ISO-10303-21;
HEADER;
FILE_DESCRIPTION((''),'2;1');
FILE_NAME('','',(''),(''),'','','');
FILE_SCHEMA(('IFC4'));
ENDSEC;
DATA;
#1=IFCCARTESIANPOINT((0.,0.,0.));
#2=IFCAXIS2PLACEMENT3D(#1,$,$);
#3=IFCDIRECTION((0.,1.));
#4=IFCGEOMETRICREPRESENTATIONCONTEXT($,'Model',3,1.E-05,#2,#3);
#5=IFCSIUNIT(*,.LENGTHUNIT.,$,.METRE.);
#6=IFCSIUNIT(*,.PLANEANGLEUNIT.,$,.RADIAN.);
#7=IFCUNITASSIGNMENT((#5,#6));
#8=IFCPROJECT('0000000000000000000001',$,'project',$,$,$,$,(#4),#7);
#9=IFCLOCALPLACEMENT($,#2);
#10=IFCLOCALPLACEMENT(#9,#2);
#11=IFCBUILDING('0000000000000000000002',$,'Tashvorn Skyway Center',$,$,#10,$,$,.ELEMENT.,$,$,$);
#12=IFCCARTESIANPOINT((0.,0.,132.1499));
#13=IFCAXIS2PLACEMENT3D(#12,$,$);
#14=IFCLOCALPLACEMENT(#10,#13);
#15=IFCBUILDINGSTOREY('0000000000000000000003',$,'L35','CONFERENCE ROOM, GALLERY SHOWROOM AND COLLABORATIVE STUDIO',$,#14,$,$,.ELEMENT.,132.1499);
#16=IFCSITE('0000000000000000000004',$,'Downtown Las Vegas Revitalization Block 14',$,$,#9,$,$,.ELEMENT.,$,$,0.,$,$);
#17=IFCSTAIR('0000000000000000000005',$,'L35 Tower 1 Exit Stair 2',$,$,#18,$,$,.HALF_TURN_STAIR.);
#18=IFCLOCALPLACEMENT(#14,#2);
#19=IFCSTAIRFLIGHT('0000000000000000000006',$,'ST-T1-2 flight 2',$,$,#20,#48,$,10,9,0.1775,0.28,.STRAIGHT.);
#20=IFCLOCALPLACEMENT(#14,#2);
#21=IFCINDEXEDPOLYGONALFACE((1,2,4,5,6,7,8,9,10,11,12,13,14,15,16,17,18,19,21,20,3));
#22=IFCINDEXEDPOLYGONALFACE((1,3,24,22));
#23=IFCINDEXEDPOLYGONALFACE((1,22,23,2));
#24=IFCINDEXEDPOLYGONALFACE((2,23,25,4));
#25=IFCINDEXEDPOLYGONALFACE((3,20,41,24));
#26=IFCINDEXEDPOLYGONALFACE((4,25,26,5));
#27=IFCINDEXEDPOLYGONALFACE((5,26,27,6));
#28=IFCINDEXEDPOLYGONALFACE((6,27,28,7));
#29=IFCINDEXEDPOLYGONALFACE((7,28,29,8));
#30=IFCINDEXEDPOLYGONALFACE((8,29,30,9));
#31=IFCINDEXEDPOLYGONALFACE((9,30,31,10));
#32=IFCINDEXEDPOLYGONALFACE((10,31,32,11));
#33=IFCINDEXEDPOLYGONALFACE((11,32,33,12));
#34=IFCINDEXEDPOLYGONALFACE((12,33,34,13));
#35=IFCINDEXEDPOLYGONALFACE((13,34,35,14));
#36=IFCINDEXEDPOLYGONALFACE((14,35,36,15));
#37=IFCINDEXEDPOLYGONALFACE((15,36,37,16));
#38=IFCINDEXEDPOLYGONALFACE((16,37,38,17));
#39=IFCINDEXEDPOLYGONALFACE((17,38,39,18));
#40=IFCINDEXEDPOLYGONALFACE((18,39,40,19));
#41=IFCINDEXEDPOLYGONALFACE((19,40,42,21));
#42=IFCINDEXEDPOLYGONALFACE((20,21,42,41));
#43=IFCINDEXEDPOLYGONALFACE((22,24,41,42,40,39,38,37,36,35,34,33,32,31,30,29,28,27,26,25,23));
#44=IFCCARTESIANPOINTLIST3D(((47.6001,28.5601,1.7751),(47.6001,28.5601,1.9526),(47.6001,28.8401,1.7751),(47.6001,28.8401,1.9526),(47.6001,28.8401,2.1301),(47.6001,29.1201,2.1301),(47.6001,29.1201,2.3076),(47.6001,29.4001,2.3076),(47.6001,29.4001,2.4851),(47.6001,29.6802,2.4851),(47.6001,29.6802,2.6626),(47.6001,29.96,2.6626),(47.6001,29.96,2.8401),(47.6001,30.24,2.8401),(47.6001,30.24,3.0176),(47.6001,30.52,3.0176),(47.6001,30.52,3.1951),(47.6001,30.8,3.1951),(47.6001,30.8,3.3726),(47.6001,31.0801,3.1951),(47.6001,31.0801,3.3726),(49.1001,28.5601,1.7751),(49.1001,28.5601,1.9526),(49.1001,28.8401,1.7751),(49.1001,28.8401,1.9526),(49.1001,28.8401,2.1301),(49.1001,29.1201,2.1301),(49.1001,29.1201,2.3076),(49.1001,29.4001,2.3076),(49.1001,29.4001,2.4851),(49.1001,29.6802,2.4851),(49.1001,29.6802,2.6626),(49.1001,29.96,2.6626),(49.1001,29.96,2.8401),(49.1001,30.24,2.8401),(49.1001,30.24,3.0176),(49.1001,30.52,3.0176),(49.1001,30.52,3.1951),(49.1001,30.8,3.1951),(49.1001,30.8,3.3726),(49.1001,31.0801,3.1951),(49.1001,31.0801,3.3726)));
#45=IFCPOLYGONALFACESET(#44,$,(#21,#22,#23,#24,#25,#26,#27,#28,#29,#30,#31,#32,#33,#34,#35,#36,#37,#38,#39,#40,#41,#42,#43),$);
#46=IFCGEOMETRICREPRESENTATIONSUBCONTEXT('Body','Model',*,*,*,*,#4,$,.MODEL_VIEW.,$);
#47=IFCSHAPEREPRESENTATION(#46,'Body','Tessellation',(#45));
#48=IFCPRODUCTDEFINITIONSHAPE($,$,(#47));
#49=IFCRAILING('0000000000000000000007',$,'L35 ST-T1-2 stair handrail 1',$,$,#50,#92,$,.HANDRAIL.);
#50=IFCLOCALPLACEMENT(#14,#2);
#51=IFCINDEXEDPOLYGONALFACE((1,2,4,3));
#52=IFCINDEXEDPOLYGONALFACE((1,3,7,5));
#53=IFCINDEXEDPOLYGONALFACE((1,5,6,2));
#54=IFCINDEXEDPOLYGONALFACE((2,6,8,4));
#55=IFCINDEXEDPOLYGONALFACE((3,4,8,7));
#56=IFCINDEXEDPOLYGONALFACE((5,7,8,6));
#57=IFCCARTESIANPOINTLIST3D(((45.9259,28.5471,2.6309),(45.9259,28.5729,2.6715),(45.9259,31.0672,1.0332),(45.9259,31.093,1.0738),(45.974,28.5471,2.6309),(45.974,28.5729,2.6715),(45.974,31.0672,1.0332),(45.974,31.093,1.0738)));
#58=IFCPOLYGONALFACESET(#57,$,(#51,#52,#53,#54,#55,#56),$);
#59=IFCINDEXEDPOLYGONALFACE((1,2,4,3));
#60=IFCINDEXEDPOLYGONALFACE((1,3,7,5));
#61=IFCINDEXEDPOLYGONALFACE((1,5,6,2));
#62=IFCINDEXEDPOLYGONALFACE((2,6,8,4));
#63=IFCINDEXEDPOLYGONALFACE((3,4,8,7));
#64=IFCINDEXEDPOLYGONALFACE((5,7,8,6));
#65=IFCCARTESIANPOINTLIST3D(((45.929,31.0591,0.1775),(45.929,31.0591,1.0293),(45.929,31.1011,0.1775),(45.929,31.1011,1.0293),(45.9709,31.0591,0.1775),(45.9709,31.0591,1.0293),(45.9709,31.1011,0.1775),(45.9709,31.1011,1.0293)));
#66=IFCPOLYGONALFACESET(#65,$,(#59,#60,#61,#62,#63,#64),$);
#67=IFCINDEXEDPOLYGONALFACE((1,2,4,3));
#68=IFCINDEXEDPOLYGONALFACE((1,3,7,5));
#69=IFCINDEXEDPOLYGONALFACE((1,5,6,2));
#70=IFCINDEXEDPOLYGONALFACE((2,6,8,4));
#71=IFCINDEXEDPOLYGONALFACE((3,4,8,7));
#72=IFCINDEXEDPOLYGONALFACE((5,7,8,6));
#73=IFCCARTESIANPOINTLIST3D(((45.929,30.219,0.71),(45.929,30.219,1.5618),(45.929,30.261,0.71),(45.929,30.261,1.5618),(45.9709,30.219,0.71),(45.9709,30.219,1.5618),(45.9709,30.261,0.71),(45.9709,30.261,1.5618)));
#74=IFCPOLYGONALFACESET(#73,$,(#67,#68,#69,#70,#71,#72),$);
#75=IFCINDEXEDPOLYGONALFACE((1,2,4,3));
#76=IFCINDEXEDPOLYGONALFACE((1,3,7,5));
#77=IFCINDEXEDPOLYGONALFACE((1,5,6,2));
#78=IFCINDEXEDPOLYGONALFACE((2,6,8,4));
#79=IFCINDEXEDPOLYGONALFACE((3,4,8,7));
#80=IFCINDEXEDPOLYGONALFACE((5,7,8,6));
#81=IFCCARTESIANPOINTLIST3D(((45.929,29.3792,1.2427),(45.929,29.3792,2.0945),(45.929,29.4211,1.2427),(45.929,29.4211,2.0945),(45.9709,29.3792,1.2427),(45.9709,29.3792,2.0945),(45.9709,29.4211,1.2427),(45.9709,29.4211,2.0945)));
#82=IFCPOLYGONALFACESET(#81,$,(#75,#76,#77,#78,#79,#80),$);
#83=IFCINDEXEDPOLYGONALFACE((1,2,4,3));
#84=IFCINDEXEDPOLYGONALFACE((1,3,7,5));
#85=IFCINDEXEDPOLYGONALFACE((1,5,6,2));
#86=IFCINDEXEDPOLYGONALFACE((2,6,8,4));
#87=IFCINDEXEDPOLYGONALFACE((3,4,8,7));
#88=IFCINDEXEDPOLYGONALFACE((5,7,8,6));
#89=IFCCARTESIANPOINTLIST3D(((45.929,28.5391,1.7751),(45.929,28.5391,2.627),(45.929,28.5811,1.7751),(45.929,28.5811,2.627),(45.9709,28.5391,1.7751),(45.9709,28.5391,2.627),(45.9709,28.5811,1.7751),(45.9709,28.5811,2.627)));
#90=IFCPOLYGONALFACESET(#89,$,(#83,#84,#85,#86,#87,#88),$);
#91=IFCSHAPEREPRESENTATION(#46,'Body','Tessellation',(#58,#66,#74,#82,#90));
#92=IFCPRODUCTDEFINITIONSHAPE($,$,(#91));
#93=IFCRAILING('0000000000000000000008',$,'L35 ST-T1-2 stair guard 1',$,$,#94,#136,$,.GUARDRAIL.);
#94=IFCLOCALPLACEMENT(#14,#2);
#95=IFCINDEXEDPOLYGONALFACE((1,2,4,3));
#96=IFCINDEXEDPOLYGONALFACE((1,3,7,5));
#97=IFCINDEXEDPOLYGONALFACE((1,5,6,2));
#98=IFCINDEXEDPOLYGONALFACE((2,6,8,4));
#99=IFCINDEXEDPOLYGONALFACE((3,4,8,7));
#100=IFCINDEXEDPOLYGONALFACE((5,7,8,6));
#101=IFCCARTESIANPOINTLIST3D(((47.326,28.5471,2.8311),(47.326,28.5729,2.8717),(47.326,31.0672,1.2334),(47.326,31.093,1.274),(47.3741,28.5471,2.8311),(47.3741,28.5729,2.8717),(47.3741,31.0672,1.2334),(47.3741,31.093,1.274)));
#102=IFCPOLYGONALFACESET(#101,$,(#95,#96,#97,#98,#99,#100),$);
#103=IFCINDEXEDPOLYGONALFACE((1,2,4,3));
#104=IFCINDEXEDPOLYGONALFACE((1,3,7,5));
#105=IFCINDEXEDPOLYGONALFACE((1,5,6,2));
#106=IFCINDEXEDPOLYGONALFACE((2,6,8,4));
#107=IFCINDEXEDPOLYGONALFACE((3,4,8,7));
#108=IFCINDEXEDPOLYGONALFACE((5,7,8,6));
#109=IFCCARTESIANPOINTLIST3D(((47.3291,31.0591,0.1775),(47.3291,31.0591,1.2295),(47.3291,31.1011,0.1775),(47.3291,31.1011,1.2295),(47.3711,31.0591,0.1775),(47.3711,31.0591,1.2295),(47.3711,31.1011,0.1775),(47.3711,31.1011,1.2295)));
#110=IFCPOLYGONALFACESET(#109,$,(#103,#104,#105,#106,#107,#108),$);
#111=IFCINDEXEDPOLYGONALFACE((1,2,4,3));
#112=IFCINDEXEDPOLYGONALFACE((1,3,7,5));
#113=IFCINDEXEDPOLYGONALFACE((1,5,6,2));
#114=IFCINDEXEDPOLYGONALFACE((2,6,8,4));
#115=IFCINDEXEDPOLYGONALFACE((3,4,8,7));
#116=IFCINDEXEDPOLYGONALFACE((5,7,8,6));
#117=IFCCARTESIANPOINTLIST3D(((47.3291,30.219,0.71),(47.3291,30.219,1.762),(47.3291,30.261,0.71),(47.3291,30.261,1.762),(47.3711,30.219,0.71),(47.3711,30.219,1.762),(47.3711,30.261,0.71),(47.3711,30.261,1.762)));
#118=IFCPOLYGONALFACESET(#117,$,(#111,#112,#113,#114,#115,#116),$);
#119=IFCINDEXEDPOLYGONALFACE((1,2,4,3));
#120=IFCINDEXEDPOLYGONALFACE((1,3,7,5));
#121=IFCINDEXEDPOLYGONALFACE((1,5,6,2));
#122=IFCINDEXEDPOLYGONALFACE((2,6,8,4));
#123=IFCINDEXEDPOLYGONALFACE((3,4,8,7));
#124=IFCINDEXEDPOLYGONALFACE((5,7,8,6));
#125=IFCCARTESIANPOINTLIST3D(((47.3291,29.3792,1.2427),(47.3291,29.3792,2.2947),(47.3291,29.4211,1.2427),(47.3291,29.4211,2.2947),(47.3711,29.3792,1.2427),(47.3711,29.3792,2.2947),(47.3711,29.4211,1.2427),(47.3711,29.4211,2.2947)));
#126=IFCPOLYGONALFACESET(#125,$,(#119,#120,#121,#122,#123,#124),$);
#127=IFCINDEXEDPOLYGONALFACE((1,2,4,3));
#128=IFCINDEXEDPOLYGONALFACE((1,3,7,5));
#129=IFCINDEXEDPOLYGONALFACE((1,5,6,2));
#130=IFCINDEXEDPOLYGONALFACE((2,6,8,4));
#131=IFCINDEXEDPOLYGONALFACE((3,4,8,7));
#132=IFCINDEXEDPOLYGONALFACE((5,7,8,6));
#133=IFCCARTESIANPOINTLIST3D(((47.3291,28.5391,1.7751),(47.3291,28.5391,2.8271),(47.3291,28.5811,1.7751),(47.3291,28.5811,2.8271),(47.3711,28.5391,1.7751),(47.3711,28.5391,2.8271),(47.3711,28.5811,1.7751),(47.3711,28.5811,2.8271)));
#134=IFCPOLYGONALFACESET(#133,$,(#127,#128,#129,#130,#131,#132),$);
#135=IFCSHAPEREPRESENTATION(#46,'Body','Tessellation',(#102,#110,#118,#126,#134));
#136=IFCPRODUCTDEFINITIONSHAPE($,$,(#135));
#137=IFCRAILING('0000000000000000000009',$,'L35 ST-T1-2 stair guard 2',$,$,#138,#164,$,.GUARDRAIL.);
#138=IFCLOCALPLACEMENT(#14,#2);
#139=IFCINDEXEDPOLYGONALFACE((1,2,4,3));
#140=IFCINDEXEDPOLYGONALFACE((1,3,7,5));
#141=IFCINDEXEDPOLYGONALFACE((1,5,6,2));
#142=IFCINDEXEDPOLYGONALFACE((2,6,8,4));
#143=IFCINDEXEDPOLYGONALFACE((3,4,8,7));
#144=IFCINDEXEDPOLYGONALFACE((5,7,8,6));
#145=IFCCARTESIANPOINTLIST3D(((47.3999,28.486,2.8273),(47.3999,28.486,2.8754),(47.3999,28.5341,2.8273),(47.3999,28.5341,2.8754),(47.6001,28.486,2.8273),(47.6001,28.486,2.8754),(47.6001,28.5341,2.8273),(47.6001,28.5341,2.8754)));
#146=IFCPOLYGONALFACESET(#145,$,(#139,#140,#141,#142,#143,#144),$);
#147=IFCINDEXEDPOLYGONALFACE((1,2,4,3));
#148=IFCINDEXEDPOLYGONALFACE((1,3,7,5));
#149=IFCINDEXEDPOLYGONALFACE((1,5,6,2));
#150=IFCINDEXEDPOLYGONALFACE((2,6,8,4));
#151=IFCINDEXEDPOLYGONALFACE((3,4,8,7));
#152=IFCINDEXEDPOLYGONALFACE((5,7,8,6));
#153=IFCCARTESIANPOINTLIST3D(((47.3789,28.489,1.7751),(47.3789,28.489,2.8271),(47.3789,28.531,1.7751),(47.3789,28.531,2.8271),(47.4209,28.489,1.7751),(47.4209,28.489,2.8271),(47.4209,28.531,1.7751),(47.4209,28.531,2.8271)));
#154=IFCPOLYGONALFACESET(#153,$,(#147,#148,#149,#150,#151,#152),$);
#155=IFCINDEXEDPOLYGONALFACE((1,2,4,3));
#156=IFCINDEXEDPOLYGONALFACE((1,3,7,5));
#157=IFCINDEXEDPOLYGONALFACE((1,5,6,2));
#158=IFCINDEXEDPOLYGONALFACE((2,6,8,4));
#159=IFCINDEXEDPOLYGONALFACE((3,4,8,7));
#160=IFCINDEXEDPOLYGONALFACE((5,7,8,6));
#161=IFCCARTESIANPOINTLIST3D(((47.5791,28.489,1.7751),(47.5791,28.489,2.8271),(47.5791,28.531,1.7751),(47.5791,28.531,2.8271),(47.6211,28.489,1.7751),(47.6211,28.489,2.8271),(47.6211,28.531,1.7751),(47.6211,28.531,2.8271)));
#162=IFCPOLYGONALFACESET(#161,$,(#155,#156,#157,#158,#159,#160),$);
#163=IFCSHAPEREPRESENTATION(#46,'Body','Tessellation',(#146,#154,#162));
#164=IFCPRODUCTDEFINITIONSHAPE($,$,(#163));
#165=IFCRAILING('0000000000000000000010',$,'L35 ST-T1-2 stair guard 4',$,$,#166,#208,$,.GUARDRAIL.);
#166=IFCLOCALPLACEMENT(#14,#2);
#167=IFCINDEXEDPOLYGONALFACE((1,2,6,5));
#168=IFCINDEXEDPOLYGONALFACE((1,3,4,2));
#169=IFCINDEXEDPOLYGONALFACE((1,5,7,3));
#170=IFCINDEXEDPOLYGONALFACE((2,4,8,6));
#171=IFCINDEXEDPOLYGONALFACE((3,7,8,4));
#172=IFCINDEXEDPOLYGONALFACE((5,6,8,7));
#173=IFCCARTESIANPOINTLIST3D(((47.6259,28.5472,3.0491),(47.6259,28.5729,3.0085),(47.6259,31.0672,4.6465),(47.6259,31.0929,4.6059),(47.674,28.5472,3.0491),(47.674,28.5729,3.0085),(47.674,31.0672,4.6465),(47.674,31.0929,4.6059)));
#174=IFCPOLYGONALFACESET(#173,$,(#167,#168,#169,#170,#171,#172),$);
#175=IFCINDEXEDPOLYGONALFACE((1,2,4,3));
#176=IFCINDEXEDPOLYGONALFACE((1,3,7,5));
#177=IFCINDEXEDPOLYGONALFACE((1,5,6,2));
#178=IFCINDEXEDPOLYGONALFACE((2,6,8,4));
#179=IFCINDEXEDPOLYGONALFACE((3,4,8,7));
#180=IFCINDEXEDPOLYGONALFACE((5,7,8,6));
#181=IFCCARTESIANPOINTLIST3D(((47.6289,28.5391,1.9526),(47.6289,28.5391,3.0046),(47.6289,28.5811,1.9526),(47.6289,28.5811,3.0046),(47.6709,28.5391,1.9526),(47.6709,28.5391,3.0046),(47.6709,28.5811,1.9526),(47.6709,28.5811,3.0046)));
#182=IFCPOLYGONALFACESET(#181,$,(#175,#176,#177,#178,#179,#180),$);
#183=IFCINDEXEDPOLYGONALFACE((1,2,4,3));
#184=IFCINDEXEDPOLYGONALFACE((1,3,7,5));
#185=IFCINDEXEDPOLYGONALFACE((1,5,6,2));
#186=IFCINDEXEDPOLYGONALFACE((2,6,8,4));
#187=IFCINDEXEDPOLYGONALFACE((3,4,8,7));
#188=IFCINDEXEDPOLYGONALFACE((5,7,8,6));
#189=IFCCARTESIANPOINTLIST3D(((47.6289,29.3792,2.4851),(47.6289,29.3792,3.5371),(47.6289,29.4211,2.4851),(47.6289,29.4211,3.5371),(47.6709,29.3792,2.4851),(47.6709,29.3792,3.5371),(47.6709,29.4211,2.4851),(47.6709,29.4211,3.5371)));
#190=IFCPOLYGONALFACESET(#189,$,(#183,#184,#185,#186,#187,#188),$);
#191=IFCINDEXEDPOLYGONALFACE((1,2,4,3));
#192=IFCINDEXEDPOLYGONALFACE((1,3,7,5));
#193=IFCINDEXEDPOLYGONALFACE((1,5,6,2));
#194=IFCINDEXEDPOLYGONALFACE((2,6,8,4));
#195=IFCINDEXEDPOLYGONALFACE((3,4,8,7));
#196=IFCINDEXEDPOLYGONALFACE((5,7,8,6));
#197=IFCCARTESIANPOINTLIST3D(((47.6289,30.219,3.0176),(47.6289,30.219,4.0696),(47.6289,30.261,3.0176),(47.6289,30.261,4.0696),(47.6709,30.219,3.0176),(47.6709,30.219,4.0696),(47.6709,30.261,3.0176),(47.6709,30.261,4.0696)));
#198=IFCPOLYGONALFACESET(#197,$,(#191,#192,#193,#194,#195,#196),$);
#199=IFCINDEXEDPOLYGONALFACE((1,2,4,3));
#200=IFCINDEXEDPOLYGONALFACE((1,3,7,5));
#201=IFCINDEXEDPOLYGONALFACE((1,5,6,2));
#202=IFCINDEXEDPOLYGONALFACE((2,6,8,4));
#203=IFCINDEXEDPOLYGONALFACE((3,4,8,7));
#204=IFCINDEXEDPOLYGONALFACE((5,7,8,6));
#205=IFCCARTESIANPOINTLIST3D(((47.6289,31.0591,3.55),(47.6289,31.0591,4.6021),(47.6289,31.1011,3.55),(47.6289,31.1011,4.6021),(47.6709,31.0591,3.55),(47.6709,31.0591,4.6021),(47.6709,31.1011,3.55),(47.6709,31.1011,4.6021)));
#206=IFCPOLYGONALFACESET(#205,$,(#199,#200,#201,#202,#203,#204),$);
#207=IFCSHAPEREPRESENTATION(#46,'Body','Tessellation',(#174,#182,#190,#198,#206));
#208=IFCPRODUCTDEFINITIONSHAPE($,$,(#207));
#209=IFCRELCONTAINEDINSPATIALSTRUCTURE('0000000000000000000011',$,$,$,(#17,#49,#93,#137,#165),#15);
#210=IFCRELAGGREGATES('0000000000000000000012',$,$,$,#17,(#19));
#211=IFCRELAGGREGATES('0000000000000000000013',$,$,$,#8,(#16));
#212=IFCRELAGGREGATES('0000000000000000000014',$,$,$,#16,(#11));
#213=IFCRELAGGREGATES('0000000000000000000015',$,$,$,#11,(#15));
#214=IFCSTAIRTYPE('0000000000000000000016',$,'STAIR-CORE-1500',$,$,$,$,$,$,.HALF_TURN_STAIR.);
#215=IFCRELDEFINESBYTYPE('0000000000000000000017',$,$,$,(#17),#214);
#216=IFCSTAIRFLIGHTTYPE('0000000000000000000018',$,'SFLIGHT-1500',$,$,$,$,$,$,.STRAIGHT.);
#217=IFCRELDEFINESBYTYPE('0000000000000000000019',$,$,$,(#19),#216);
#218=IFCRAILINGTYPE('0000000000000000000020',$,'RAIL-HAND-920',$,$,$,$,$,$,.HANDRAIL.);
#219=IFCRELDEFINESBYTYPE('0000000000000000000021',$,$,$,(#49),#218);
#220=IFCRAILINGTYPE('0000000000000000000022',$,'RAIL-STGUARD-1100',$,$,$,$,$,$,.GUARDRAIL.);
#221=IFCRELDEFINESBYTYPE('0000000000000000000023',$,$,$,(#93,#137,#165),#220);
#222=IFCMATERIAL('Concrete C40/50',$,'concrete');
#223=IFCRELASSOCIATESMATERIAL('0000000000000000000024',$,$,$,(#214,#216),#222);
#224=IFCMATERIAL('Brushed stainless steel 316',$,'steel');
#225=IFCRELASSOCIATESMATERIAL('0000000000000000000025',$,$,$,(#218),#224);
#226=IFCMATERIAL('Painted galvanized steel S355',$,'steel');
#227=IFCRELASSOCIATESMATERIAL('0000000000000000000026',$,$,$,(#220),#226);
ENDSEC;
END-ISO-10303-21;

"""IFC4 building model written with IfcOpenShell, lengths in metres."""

from ifc_helpers import new_model, si_unit, direction, frame, origin, origin_2d, place, context, subcontext, project, spatial, polyline, rectangle, outline, extrude, material, type_object, element, aggregate, save


model = new_model("IFC4")

# Units and contexts
model_context = context("Model", 3, precision=1e-05, world=origin(), true_north=direction((0.0, 1.0)))
body_context = subcontext(model_context, "Body", "Model", "MODEL_VIEW")
ifc_project = project(units=[si_unit("LENGTHUNIT", "METRE"), si_unit("PLANEANGLEUNIT", "RADIAN")], contexts=[model_context])

# Site, building, storey
site_placement = place(None, origin())
site = spatial("IfcSite", under=ifc_project, at=site_placement, Name="Downtown Las Vegas Revitalization Block 14", CompositionType="ELEMENT", RefElevation=0.0)
building_placement = place(site_placement, origin())
building = spatial("IfcBuilding", under=site, at=building_placement, Name="Tashvorn Skyway Center", CompositionType="ELEMENT")
storey_placement = place(building_placement, frame((0.0, 0.0, 132.1499)))
storey = spatial("IfcBuildingStorey", under=building, at=storey_placement, Name="L35", Description="CONFERENCE ROOM, GALLERY SHOWROOM AND COLLABORATIVE STUDIO", CompositionType="ELEMENT", Elevation=132.1499)

# Shared definitions
ifc_material_1 = material(Name="Concrete C40/50", Category="concrete")

# Stair, stair flight
stair_type = type_object("IfcStairType", Name="STAIR-CORE-1500", PredefinedType="HALF_TURN_STAIR", material=ifc_material_1)
stair_placement = place(storey_placement, origin())
stair = element("IfcStair", 1, at=stair_placement, inside=storey, type_object=stair_type, Name="L35 Tower 1 Exit Stair 2", PredefinedType="HALF_TURN_STAIR")
stair_flight_type = type_object("IfcStairFlightType", Name="SFLIGHT-1500", PredefinedType="STRAIGHT", material=ifc_material_1)
stair_flight_1_placement = place(storey_placement, frame((48.3501, 28.5601, 1.7751), z_axis=(0.0, 0.0, 1.0), x_axis=(0.0, 1.0, 0.0)))
stair_flight_1 = element("IfcStairFlight", 2, at=stair_flight_1_placement, type_object=stair_flight_type, Name="ST-T1-2 flight 2", NumberOfRisers=10, NumberOfTreads=9, PredefinedType="STRAIGHT", RiserHeight=0.1775, TreadLength=0.28, context=body_context, shape_type="SweptSolid", body=[
    extrude(outline(polyline([(0.0, 0.0), (0.0, 0.1775), (0.28, 0.1775), (0.28, 0.355), (0.5601, 0.355), (0.5601, 0.5325), (0.8401, 0.5325), (0.8401, 0.71), (1.1201, 0.71), (1.1201, 0.8875), (1.3999, 0.8875), (1.3999, 1.0649), (1.6799, 1.0649), (1.6799, 1.2424), (1.96, 1.2424), (1.96, 1.4199), (2.24, 1.4199), (2.24, 1.5974), (2.52, 1.5974), (2.52, 1.7749), (2.52, 1.4199), (0.28, 0.0), (0.0, 0.0)])), frame((0.0, 0.75, 0.0), z_axis=(0.0, -1.0, 0.0), x_axis=(1.0, 0.0, 0.0)), (0.0, 0.0, 1.0), 1.5),
])
aggregate(stair, [stair_flight_1])

# Railings
ifc_material_2 = material(Name="Brushed stainless steel 316", Category="steel")
railing_type_1 = type_object("IfcRailingType", Name="RAIL-HAND-920", PredefinedType="HANDRAIL", material=ifc_material_2)
railing_1_placement = place(storey_placement, frame((45.95, 31.0801, 0.1775)))
element("IfcRailing", 3, at=railing_1_placement, inside=storey, type_object=railing_type_1, Name="L35 ST-T1-2 stair handrail 1", PredefinedType="HANDRAIL", context=body_context, shape_type="SweptSolid", body=[
    extrude(rectangle(XDim=0.0481, YDim=0.0481, at=origin_2d()), frame((0.0, 0.0, 0.876), z_axis=(0.0, -0.84457, 0.535445), x_axis=(1.0, 0.0, 0.0)), (0.0, 0.0, 1.0), 2.9839),
    extrude(rectangle(XDim=0.042, YDim=0.042, at=origin_2d()), origin(), (0.0, 0.0, 1.0), 0.8518),
    extrude(rectangle(XDim=0.042, YDim=0.042, at=origin_2d()), frame((0.0, -0.8401, 0.5325)), (0.0, 0.0, 1.0), 0.8518),
    extrude(rectangle(XDim=0.042, YDim=0.042, at=origin_2d()), frame((0.0, -1.6799, 1.0652)), (0.0, 0.0, 1.0), 0.8518),
    extrude(rectangle(XDim=0.042, YDim=0.042, at=origin_2d()), frame((0.0, -2.52, 1.5977)), (0.0, 0.0, 1.0), 0.8518),
])
ifc_material_3 = material(Name="Painted galvanized steel S355", Category="steel")
railing_type_2 = type_object("IfcRailingType", Name="RAIL-STGUARD-1100", PredefinedType="GUARDRAIL", material=ifc_material_3)
railing_2_placement = place(storey_placement, frame((47.3501, 31.0801, 0.1775)))
element("IfcRailing", 4, at=railing_2_placement, inside=storey, type_object=railing_type_2, Name="L35 ST-T1-2 stair guard 1", PredefinedType="GUARDRAIL", context=body_context, shape_type="SweptSolid", body=[
    extrude(rectangle(XDim=0.0481, YDim=0.0481, at=origin_2d()), frame((0.0, 0.0, 1.0762), z_axis=(0.0, -0.84457, 0.535445), x_axis=(1.0, 0.0, 0.0)), (0.0, 0.0, 1.0), 2.9839),
    extrude(rectangle(XDim=0.042, YDim=0.042, at=origin_2d()), origin(), (0.0, 0.0, 1.0), 1.052),
    extrude(rectangle(XDim=0.042, YDim=0.042, at=origin_2d()), frame((0.0, -0.8401, 0.5325)), (0.0, 0.0, 1.0), 1.052),
    extrude(rectangle(XDim=0.042, YDim=0.042, at=origin_2d()), frame((0.0, -1.6799, 1.0652)), (0.0, 0.0, 1.0), 1.052),
    extrude(rectangle(XDim=0.042, YDim=0.042, at=origin_2d()), frame((0.0, -2.52, 1.5977)), (0.0, 0.0, 1.0), 1.052),
])
railing_3_placement = place(storey_placement, frame((47.3999, 28.51, 1.7751)))
element("IfcRailing", 5, at=railing_3_placement, inside=storey, type_object=railing_type_2, Name="L35 ST-T1-2 stair guard 2", PredefinedType="GUARDRAIL", context=body_context, shape_type="SweptSolid", body=[
    extrude(rectangle(XDim=0.0481, YDim=0.0481, at=origin_2d()), frame((0.0, 0.0, 1.0762), z_axis=(1.0, 0.0, 0.0), x_axis=(0.0, 1.0, 0.0)), (0.0, 0.0, 1.0), 0.2002),
    extrude(rectangle(XDim=0.042, YDim=0.042, at=origin_2d()), origin(), (0.0, 0.0, 1.0), 1.052),
    extrude(rectangle(XDim=0.042, YDim=0.042, at=origin_2d()), frame((0.2002, 0.0, 0.0)), (0.0, 0.0, 1.0), 1.052),
])
railing_4_placement = place(storey_placement, frame((47.6499, 28.5601, 1.9526)))
element("IfcRailing", 6, at=railing_4_placement, inside=storey, type_object=railing_type_2, Name="L35 ST-T1-2 stair guard 4", PredefinedType="GUARDRAIL", context=body_context, shape_type="SweptSolid", body=[
    extrude(rectangle(XDim=0.0481, YDim=0.0481, at=origin_2d()), frame((0.0, 0.0, 1.0762), z_axis=(0.0, 0.844607, 0.535387), x_axis=(-1.0, 0.0, 0.0)), (0.0, 0.0, 1.0), 2.9836),
    extrude(rectangle(XDim=0.042, YDim=0.042, at=origin_2d()), origin(), (0.0, 0.0, 1.0), 1.052),
    extrude(rectangle(XDim=0.042, YDim=0.042, at=origin_2d()), frame((0.0, 0.8401, 0.5325)), (0.0, 0.0, 1.0), 1.052),
    extrude(rectangle(XDim=0.042, YDim=0.042, at=origin_2d()), frame((0.0, 1.6799, 1.0649)), (0.0, 0.0, 1.0), 1.052),
    extrude(rectangle(XDim=0.042, YDim=0.042, at=origin_2d()), frame((0.0, 2.52, 1.5974)), (0.0, 0.0, 1.0), 1.052),
])

save(model, "model.ifc")
